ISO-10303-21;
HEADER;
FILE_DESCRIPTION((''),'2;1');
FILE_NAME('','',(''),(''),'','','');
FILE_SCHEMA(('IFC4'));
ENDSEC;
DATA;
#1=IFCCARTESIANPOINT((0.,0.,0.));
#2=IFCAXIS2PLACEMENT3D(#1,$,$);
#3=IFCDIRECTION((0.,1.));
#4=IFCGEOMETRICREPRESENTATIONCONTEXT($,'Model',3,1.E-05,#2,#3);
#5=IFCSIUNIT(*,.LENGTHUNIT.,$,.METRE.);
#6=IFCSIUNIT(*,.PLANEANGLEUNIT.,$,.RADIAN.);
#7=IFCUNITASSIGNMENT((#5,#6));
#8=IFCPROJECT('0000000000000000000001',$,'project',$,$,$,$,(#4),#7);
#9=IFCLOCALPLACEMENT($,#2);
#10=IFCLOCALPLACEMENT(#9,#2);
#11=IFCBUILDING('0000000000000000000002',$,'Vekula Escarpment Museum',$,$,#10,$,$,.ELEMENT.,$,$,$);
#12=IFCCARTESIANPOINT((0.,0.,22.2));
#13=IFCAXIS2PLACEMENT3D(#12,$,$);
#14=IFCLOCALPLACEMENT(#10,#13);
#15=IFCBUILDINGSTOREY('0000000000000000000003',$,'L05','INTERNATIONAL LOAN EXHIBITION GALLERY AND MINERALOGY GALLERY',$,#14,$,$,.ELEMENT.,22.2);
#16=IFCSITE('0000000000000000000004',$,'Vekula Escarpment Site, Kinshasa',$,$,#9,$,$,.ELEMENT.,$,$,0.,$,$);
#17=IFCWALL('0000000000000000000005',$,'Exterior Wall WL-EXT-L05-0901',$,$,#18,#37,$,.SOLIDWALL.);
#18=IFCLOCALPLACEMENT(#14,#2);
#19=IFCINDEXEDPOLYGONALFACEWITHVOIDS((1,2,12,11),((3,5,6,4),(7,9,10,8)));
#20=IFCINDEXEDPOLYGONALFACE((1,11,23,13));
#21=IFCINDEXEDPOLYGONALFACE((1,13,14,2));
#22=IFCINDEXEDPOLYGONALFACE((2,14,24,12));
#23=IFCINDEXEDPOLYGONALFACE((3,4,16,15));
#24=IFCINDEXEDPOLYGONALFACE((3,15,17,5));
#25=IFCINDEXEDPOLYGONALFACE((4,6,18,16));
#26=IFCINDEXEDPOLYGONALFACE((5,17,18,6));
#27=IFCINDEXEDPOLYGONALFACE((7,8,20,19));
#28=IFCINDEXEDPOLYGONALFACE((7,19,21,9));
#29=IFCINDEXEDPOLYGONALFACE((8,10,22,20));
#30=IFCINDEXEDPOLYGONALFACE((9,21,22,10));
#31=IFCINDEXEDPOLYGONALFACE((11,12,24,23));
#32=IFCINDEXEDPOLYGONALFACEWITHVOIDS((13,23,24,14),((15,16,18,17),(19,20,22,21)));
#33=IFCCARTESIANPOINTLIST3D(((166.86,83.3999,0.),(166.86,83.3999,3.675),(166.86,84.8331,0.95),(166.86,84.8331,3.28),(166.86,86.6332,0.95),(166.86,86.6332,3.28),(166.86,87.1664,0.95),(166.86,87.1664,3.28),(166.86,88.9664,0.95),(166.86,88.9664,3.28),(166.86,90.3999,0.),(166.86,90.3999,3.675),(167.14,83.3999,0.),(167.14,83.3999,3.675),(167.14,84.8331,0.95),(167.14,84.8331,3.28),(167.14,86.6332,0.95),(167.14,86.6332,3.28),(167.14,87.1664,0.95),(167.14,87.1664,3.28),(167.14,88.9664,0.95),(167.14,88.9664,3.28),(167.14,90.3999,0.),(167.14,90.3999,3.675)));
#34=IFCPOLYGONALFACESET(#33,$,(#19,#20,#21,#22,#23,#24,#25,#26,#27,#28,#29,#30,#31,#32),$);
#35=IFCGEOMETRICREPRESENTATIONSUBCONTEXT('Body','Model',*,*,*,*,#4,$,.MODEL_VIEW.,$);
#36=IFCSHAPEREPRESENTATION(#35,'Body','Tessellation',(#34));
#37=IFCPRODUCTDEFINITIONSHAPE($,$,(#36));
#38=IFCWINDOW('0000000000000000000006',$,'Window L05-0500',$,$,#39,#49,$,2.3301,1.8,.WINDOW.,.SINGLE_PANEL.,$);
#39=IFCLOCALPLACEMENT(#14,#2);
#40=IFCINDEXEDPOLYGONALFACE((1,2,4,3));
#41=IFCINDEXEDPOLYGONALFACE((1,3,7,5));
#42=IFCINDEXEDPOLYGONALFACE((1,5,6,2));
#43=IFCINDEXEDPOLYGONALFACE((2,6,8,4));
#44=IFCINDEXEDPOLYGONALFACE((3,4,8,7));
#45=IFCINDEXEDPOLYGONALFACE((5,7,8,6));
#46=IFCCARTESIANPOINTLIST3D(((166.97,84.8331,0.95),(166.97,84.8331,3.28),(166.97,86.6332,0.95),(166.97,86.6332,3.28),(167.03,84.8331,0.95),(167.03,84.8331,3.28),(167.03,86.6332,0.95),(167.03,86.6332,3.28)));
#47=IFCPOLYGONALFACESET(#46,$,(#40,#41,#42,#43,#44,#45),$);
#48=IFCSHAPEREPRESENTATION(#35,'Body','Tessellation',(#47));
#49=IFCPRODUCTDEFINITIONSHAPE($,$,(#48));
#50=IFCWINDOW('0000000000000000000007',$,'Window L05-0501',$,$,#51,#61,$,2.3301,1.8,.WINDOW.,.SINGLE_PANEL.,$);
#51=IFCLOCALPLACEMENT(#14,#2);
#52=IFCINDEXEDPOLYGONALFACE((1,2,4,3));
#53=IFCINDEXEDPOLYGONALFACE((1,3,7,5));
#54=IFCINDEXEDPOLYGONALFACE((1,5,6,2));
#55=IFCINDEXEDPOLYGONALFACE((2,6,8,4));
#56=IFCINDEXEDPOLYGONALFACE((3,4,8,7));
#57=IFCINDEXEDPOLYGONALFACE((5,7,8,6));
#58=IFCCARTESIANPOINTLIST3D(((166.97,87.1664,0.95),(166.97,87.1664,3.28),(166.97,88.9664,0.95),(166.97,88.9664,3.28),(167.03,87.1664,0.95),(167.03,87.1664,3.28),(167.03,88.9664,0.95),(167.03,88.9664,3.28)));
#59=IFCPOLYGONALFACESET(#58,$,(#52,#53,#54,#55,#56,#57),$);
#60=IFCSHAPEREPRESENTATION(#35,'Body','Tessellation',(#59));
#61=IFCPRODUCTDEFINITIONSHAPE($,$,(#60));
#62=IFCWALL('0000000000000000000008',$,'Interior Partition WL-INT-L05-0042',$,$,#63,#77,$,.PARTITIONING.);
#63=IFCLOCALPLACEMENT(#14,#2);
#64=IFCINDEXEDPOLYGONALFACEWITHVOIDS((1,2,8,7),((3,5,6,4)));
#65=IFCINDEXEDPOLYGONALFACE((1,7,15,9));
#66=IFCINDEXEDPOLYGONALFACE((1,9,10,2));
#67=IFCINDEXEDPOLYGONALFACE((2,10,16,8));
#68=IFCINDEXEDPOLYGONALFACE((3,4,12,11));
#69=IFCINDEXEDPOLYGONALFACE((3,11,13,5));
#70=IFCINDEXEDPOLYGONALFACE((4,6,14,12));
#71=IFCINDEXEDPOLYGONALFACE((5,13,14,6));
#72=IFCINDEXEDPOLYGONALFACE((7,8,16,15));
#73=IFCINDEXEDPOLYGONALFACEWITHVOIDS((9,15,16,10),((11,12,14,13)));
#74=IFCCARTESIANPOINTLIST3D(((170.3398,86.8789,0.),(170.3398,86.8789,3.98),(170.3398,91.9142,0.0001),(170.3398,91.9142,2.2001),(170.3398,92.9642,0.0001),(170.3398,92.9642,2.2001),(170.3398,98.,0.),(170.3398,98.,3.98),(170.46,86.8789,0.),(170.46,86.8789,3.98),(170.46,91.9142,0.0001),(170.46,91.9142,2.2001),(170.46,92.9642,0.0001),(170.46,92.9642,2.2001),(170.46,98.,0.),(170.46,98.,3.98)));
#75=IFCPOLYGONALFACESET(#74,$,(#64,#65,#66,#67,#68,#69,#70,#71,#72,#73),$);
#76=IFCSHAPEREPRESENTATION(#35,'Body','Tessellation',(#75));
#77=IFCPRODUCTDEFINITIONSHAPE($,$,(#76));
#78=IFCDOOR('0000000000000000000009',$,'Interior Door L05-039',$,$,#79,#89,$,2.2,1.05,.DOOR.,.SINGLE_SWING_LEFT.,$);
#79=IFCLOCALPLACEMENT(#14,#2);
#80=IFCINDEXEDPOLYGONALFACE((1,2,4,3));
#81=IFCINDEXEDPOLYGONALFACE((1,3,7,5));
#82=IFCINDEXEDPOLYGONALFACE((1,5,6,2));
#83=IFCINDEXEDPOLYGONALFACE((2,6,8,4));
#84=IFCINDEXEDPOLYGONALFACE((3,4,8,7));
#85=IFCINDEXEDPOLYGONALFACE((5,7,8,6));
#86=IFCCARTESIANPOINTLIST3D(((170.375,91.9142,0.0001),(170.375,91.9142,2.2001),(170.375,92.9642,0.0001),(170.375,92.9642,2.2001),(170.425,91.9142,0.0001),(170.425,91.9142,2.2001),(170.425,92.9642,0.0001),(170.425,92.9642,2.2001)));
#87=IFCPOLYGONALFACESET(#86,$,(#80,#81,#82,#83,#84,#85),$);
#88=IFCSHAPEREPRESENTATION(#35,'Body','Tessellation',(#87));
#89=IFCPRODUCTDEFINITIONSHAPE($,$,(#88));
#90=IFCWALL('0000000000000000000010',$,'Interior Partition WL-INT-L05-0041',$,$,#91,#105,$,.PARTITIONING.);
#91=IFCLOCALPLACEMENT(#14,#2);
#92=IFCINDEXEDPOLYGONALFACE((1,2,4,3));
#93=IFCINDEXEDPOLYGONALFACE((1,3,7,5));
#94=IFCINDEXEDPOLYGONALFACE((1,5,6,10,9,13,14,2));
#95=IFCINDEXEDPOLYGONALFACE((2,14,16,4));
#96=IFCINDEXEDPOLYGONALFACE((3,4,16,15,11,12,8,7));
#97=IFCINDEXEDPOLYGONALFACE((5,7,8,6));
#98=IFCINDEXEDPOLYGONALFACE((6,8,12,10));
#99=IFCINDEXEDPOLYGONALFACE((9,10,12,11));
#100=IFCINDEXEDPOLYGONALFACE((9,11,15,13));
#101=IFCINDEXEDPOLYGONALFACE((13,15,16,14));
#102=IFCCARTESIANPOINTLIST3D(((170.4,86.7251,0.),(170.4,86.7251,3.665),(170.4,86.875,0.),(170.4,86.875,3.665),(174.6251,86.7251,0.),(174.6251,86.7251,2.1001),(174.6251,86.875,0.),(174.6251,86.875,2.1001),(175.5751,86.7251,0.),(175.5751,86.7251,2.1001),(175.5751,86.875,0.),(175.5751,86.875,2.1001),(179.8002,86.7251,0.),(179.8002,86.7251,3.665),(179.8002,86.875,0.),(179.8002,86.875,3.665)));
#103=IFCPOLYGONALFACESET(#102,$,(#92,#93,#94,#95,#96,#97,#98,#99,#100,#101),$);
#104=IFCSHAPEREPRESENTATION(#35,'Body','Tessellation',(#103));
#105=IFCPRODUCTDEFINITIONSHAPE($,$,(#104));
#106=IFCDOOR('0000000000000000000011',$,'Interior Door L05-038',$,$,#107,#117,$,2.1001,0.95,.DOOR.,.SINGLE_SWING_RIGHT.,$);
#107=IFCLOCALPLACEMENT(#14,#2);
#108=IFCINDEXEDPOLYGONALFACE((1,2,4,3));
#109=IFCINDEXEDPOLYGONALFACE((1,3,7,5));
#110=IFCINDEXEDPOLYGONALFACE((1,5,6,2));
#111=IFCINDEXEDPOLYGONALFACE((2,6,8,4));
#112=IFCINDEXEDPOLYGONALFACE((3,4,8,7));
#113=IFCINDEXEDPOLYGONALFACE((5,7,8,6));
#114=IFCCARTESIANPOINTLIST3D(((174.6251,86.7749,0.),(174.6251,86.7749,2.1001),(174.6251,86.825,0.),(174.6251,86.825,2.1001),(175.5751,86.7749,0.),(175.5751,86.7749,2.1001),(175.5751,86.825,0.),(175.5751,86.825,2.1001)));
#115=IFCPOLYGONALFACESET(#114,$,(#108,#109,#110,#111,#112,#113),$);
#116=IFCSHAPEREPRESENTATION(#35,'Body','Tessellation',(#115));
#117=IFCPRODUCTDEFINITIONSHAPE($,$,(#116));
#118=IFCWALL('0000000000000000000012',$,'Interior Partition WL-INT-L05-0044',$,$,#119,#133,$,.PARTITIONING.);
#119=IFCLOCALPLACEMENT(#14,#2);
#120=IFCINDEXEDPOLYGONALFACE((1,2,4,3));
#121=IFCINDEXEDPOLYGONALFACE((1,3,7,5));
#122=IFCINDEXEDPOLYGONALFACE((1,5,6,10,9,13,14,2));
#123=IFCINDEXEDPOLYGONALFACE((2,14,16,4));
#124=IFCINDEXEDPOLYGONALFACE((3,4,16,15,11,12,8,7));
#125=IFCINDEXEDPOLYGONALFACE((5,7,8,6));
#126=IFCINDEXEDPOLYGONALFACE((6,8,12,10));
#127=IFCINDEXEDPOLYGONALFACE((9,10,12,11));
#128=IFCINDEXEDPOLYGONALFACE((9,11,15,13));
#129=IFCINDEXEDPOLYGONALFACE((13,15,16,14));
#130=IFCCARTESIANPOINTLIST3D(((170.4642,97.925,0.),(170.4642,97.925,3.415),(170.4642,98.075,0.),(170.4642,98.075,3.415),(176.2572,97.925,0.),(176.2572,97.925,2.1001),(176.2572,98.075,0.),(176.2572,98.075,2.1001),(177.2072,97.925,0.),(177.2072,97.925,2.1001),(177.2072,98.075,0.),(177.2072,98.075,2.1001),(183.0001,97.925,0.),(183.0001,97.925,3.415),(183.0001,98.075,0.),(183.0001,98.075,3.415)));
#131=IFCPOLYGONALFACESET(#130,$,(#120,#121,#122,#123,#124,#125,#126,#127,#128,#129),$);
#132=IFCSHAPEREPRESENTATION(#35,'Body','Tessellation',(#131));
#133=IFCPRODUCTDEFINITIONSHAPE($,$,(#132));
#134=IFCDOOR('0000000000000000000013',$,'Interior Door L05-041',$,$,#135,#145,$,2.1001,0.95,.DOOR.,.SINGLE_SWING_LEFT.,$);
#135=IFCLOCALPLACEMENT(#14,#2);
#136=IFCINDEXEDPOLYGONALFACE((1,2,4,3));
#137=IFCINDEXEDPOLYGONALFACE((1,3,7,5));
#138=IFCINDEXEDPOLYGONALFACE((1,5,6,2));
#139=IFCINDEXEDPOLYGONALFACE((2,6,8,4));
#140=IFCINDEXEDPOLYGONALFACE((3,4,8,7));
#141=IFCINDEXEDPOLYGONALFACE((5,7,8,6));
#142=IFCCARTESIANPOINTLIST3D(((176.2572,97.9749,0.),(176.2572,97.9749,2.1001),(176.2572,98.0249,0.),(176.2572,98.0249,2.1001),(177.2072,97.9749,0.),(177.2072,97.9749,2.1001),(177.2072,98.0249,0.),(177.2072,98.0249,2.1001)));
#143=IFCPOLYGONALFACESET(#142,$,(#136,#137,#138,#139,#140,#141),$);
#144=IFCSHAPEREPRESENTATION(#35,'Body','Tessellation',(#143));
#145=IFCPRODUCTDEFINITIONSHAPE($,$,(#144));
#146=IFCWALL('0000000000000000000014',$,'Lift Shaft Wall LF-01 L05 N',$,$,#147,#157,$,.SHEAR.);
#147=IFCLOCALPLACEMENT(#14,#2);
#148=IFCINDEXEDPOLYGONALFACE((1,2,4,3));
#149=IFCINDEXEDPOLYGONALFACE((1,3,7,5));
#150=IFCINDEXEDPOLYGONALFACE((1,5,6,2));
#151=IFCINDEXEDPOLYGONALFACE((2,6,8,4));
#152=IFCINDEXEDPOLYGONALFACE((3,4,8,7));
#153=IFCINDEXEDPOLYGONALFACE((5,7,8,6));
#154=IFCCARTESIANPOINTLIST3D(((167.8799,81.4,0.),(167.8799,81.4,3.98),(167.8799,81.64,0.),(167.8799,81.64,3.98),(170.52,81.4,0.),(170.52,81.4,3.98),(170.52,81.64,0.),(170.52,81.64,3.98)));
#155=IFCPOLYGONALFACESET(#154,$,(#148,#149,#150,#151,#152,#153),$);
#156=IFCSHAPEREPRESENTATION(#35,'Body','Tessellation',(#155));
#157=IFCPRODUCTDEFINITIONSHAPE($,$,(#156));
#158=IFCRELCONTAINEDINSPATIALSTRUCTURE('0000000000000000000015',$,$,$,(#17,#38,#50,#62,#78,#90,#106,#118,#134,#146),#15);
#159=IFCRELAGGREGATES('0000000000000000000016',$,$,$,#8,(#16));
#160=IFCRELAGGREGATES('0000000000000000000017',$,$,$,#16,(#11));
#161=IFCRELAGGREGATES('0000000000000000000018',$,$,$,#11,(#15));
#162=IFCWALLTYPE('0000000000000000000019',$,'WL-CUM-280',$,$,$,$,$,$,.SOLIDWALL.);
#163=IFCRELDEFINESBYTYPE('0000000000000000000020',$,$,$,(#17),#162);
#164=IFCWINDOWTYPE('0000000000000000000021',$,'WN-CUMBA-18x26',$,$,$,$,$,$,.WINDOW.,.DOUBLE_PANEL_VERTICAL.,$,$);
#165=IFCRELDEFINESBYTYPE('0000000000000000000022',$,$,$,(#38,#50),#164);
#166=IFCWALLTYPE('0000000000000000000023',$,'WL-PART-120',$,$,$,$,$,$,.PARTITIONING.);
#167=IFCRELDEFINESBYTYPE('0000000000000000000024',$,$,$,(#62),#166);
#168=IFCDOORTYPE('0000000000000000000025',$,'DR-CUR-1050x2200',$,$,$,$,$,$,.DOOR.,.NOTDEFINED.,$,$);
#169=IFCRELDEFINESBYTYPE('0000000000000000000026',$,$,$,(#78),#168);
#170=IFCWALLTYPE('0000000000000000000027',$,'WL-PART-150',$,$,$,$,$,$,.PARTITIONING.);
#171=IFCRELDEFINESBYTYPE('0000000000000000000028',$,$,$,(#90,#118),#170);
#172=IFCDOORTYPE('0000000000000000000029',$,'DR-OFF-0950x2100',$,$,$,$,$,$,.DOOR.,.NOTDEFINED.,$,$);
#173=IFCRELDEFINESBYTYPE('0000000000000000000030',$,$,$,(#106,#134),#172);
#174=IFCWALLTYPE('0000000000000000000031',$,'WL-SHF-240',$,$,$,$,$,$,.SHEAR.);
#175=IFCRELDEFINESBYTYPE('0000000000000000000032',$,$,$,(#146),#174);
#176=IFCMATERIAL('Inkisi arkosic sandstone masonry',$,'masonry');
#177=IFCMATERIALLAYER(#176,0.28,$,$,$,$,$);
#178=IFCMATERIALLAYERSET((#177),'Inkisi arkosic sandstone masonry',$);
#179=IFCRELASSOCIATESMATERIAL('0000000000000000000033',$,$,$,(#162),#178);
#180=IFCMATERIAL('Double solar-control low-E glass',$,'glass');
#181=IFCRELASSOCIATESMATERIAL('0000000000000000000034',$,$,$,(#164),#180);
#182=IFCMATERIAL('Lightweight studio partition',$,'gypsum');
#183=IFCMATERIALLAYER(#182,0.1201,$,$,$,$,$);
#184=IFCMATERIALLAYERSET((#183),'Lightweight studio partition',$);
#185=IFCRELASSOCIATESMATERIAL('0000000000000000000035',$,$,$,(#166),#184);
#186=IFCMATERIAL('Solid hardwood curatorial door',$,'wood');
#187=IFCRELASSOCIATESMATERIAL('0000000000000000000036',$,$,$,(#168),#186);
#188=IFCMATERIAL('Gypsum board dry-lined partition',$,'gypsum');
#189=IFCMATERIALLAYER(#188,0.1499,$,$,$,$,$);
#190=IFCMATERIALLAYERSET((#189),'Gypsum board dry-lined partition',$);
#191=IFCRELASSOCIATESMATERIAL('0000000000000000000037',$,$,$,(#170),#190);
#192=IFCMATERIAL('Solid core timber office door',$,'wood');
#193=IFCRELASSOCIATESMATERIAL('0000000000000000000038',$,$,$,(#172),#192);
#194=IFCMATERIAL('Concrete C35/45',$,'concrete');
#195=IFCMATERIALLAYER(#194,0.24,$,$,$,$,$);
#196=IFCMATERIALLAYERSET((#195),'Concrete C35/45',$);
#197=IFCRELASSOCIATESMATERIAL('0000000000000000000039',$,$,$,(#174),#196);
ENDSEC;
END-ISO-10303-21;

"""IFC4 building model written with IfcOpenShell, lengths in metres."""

from ifc_helpers import new_model, si_unit, direction, frame, frame_2d, origin, place, context, subcontext, project, spatial, rectangle, extrude, material, layer, layer_set, type_object, element, fill, save


model = new_model("IFC4")

# Units and contexts
model_context = context("Model", 3, precision=1e-05, world=origin(), true_north=direction((0.0, 1.0)))
body_context = subcontext(model_context, "Body", "Model", "MODEL_VIEW")
ifc_project = project(units=[si_unit("LENGTHUNIT", "METRE"), si_unit("PLANEANGLEUNIT", "RADIAN")], contexts=[model_context])

# Site, building, storey
site_placement = place(None, origin())
site = spatial("IfcSite", under=ifc_project, at=site_placement, Name="Vekula Escarpment Site, Kinshasa", CompositionType="ELEMENT", RefElevation=0.0)
building_placement = place(site_placement, origin())
building = spatial("IfcBuilding", under=site, at=building_placement, Name="Vekula Escarpment Museum", CompositionType="ELEMENT")
storey_placement = place(building_placement, frame((0.0, 0.0, 22.2)))
storey = spatial("IfcBuildingStorey", under=building, at=storey_placement, Name="L05", Description="INTERNATIONAL LOAN EXHIBITION GALLERY AND MINERALOGY GALLERY", CompositionType="ELEMENT", Elevation=22.2)

# Wall, openings, windows
ifc_material_1 = material(Name="Inkisi arkosic sandstone masonry", Category="masonry")
ifc_layer_1 = layer(ifc_material_1, 0.28)
ifc_layer_set_1 = layer_set([ifc_layer_1], Name="Inkisi arkosic sandstone masonry")
wall_type_1 = type_object("IfcWallType", Name="WL-CUM-280", PredefinedType="SOLIDWALL", material=ifc_layer_set_1)
wall_1_placement = place(storey_placement, frame((167.0, 83.3999, 0.0), z_axis=(0.0, 0.0, 1.0), x_axis=(0.0, 1.0, 0.0)))
wall_1 = element("IfcWall", 1, at=wall_1_placement, inside=storey, type_object=wall_type_1, Name="Exterior Wall WL-EXT-L05-0901", PredefinedType="SOLIDWALL", context=body_context, shape_type="SweptSolid", body=[
    extrude(rectangle(XDim=7.0, YDim=0.28, at=frame_2d((3.5, 0.0))), origin(), (0.0, 0.0, 1.0), 3.675),
])
opening_1_placement = place(wall_1_placement, frame((1.4333, 0.0, 0.95)))
opening_1 = element("IfcOpeningElement", 2, at=opening_1_placement, cuts=wall_1, PredefinedType="OPENING", context=body_context, shape_type="SweptSolid", body=[
    extrude(rectangle(XDim=1.8, YDim=2.3301, at=frame_2d((0.8999, 1.165))), frame((0.0, 0.1499, 0.0), z_axis=(0.0, -1.0, 0.0), x_axis=(1.0, 0.0, 0.0)), (0.0, 0.0, 1.0), 0.3),
])
opening_2_placement = place(wall_1_placement, frame((3.7666, 0.0, 0.95)))
opening_2 = element("IfcOpeningElement", 3, at=opening_2_placement, cuts=wall_1, PredefinedType="OPENING", context=body_context, shape_type="SweptSolid", body=[
    extrude(rectangle(XDim=1.8, YDim=2.3301, at=frame_2d((0.8999, 1.165))), frame((0.0, 0.1499, 0.0), z_axis=(0.0, -1.0, 0.0), x_axis=(1.0, 0.0, 0.0)), (0.0, 0.0, 1.0), 0.3),
])
ifc_material_2 = material(Name="Double solar-control low-E glass", Category="glass")
window_type_1 = type_object("IfcWindowType", Name="WN-CUMBA-18x26", PartitioningType="DOUBLE_PANEL_VERTICAL", PredefinedType="WINDOW", material=ifc_material_2)
window_1_placement = place(opening_1_placement, origin())
window_1 = element("IfcWindow", 4, at=window_1_placement, inside=storey, type_object=window_type_1, Name="Window L05-0500", OverallHeight=2.3301, OverallWidth=1.8, PartitioningType="SINGLE_PANEL", PredefinedType="WINDOW", context=body_context, shape_type="SweptSolid", body=[
    extrude(rectangle(XDim=1.8, YDim=2.3301, at=frame_2d((0.8999, 1.165))), frame((0.0, 0.03, 0.0), z_axis=(0.0, -1.0, 0.0), x_axis=(1.0, 0.0, 0.0)), (0.0, 0.0, 1.0), 0.0601),
])
fill(opening_1, window_1)
window_2_placement = place(opening_2_placement, origin())
window_2 = element("IfcWindow", 5, at=window_2_placement, inside=storey, type_object=window_type_1, Name="Window L05-0501", OverallHeight=2.3301, OverallWidth=1.8, PartitioningType="SINGLE_PANEL", PredefinedType="WINDOW", context=body_context, shape_type="SweptSolid", body=[
    extrude(rectangle(XDim=1.8, YDim=2.3301, at=frame_2d((0.8999, 1.165))), frame((0.0, 0.03, 0.0), z_axis=(0.0, -1.0, 0.0), x_axis=(1.0, 0.0, 0.0)), (0.0, 0.0, 1.0), 0.0601),
])
fill(opening_2, window_2)

# Walls, openings, doors
ifc_material_3 = material(Name="Lightweight studio partition", Category="gypsum")
ifc_layer_2 = layer(ifc_material_3, 0.1201)
ifc_layer_set_2 = layer_set([ifc_layer_2], Name="Lightweight studio partition")
wall_type_2 = type_object("IfcWallType", Name="WL-PART-120", PredefinedType="PARTITIONING", material=ifc_layer_set_2)
wall_2_placement = place(storey_placement, frame((170.3999, 86.8789, 0.0), z_axis=(0.0, 0.0, 1.0), x_axis=(0.0, 1.0, 0.0)))
wall_2 = element("IfcWall", 6, at=wall_2_placement, inside=storey, type_object=wall_type_2, Name="Interior Partition WL-INT-L05-0042", PredefinedType="PARTITIONING", context=body_context, shape_type="SweptSolid", body=[
    extrude(rectangle(XDim=11.1211, YDim=0.1201, at=frame_2d((5.5605, 0.0))), origin(), (0.0, 0.0, 1.0), 3.98),
])
opening_3_placement = place(wall_2_placement, frame((5.0354, 0.0, 0.0)))
opening_3 = element("IfcOpeningElement", 7, at=opening_3_placement, cuts=wall_2, PredefinedType="OPENING", context=body_context, shape_type="SweptSolid", body=[
    extrude(rectangle(XDim=1.05, YDim=2.2, at=frame_2d((0.5249, 1.1001))), frame((0.0, 0.0701, 0.0), z_axis=(0.0, -1.0, 0.0), x_axis=(1.0, 0.0, 0.0)), (0.0, 0.0, 1.0), 0.1401),
])
ifc_material_4 = material(Name="Solid hardwood curatorial door", Category="wood")
door_type_1 = type_object("IfcDoorType", Name="DR-CUR-1050x2200", OperationType="NOTDEFINED", PredefinedType="DOOR", material=ifc_material_4)
door_1_placement = place(opening_3_placement, origin())
door_1 = element("IfcDoor", 8, at=door_1_placement, inside=storey, type_object=door_type_1, Name="Interior Door L05-039", OperationType="SINGLE_SWING_LEFT", OverallHeight=2.2, OverallWidth=1.05, PredefinedType="DOOR", context=body_context, shape_type="SweptSolid", body=[
    extrude(rectangle(XDim=1.05, YDim=2.2, at=frame_2d((0.5249, 1.1001))), frame((0.0, 0.0249, 0.0), z_axis=(0.0, -1.0, 0.0), x_axis=(1.0, 0.0, 0.0)), (0.0, 0.0, 1.0), 0.05),
])
fill(opening_3, door_1)
ifc_material_5 = material(Name="Gypsum board dry-lined partition", Category="gypsum")
ifc_layer_3 = layer(ifc_material_5, 0.1499)
ifc_layer_set_3 = layer_set([ifc_layer_3], Name="Gypsum board dry-lined partition")
wall_type_3 = type_object("IfcWallType", Name="WL-PART-150", PredefinedType="PARTITIONING", material=ifc_layer_set_3)
wall_3_placement = place(storey_placement, frame((170.3999, 86.8, 0.0), z_axis=(0.0, 0.0, 1.0), x_axis=(1.0, 0.0, 0.0)))
wall_3 = element("IfcWall", 9, at=wall_3_placement, inside=storey, type_object=wall_type_3, Name="Interior Partition WL-INT-L05-0041", PredefinedType="PARTITIONING", context=body_context, shape_type="SweptSolid", body=[
    extrude(rectangle(XDim=9.4001, YDim=0.1499, at=frame_2d((4.7002, 0.0))), origin(), (0.0, 0.0, 1.0), 3.665),
])
opening_4_placement = place(wall_3_placement, frame((4.2251, 0.0, 0.0)))
opening_4 = element("IfcOpeningElement", 10, at=opening_4_placement, cuts=wall_3, PredefinedType="OPENING", context=body_context, shape_type="SweptSolid", body=[
    extrude(rectangle(XDim=0.95, YDim=2.1001, at=frame_2d((0.4751, 1.05))), frame((0.0, 0.085, 0.0), z_axis=(0.0, -1.0, 0.0), x_axis=(1.0, 0.0, 0.0)), (0.0, 0.0, 1.0), 0.1699),
])
ifc_material_6 = material(Name="Solid core timber office door", Category="wood")
door_type_2 = type_object("IfcDoorType", Name="DR-OFF-0950x2100", OperationType="NOTDEFINED", PredefinedType="DOOR", material=ifc_material_6)
door_2_placement = place(opening_4_placement, origin())
door_2 = element("IfcDoor", 11, at=door_2_placement, inside=storey, type_object=door_type_2, Name="Interior Door L05-038", OperationType="SINGLE_SWING_RIGHT", OverallHeight=2.1001, OverallWidth=0.95, PredefinedType="DOOR", context=body_context, shape_type="SweptSolid", body=[
    extrude(rectangle(XDim=0.95, YDim=2.1001, at=frame_2d((0.4751, 1.05))), frame((0.0, 0.0249, 0.0), z_axis=(0.0, -1.0, 0.0), x_axis=(1.0, 0.0, 0.0)), (0.0, 0.0, 1.0), 0.05),
])
fill(opening_4, door_2)
wall_4_placement = place(storey_placement, frame((170.4641, 98.0, 0.0), z_axis=(0.0, 0.0, 1.0), x_axis=(1.0, 0.0, 0.0)))
wall_4 = element("IfcWall", 12, at=wall_4_placement, inside=storey, type_object=wall_type_3, Name="Interior Partition WL-INT-L05-0044", PredefinedType="PARTITIONING", context=body_context, shape_type="SweptSolid", body=[
    extrude(rectangle(XDim=12.5359, YDim=0.1499, at=frame_2d((6.2681, 0.0))), origin(), (0.0, 0.0, 1.0), 3.415),
])
opening_5_placement = place(wall_4_placement, frame((5.793, 0.0, 0.0)))
opening_5 = element("IfcOpeningElement", 13, at=opening_5_placement, cuts=wall_4, PredefinedType="OPENING", context=body_context, shape_type="SweptSolid", body=[
    extrude(rectangle(XDim=0.95, YDim=2.1001, at=frame_2d((0.4751, 1.05))), frame((0.0, 0.085, 0.0), z_axis=(0.0, -1.0, 0.0), x_axis=(1.0, 0.0, 0.0)), (0.0, 0.0, 1.0), 0.1699),
])
door_3_placement = place(opening_5_placement, origin())
door_3 = element("IfcDoor", 14, at=door_3_placement, inside=storey, type_object=door_type_2, Name="Interior Door L05-041", OperationType="SINGLE_SWING_LEFT", OverallHeight=2.1001, OverallWidth=0.95, PredefinedType="DOOR", context=body_context, shape_type="SweptSolid", body=[
    extrude(rectangle(XDim=0.95, YDim=2.1001, at=frame_2d((0.4751, 1.05))), frame((0.0, 0.0249, 0.0), z_axis=(0.0, -1.0, 0.0), x_axis=(1.0, 0.0, 0.0)), (0.0, 0.0, 1.0), 0.05),
])
fill(opening_5, door_3)

# Wall
ifc_material_7 = material(Name="Concrete C35/45", Category="concrete")
ifc_layer_4 = layer(ifc_material_7, 0.24)
ifc_layer_set_4 = layer_set([ifc_layer_4], Name="Concrete C35/45")
wall_type_4 = type_object("IfcWallType", Name="WL-SHF-240", PredefinedType="SHEAR", material=ifc_layer_set_4)
for number, where, z_axis, x_axis, name in (
    (15, (167.8799, 81.52, 0.0), (0.0, 0.0, 1.0), (1.0, 0.0, 0.0), "Lift Shaft Wall LF-01 L05 N"),
):
    element("IfcWall", number, at=place(storey_placement, frame(where, z_axis=z_axis, x_axis=x_axis)), inside=storey, type_object=wall_type_4, Name=name, PredefinedType="SHEAR", context=body_context, shape_type="SweptSolid", body=[
        extrude(rectangle(XDim=2.6401, YDim=0.24, at=frame_2d((1.3201, 0.0))), origin(), (0.0, 0.0, 1.0), 3.98),
    ])

save(model, "model.ifc")
